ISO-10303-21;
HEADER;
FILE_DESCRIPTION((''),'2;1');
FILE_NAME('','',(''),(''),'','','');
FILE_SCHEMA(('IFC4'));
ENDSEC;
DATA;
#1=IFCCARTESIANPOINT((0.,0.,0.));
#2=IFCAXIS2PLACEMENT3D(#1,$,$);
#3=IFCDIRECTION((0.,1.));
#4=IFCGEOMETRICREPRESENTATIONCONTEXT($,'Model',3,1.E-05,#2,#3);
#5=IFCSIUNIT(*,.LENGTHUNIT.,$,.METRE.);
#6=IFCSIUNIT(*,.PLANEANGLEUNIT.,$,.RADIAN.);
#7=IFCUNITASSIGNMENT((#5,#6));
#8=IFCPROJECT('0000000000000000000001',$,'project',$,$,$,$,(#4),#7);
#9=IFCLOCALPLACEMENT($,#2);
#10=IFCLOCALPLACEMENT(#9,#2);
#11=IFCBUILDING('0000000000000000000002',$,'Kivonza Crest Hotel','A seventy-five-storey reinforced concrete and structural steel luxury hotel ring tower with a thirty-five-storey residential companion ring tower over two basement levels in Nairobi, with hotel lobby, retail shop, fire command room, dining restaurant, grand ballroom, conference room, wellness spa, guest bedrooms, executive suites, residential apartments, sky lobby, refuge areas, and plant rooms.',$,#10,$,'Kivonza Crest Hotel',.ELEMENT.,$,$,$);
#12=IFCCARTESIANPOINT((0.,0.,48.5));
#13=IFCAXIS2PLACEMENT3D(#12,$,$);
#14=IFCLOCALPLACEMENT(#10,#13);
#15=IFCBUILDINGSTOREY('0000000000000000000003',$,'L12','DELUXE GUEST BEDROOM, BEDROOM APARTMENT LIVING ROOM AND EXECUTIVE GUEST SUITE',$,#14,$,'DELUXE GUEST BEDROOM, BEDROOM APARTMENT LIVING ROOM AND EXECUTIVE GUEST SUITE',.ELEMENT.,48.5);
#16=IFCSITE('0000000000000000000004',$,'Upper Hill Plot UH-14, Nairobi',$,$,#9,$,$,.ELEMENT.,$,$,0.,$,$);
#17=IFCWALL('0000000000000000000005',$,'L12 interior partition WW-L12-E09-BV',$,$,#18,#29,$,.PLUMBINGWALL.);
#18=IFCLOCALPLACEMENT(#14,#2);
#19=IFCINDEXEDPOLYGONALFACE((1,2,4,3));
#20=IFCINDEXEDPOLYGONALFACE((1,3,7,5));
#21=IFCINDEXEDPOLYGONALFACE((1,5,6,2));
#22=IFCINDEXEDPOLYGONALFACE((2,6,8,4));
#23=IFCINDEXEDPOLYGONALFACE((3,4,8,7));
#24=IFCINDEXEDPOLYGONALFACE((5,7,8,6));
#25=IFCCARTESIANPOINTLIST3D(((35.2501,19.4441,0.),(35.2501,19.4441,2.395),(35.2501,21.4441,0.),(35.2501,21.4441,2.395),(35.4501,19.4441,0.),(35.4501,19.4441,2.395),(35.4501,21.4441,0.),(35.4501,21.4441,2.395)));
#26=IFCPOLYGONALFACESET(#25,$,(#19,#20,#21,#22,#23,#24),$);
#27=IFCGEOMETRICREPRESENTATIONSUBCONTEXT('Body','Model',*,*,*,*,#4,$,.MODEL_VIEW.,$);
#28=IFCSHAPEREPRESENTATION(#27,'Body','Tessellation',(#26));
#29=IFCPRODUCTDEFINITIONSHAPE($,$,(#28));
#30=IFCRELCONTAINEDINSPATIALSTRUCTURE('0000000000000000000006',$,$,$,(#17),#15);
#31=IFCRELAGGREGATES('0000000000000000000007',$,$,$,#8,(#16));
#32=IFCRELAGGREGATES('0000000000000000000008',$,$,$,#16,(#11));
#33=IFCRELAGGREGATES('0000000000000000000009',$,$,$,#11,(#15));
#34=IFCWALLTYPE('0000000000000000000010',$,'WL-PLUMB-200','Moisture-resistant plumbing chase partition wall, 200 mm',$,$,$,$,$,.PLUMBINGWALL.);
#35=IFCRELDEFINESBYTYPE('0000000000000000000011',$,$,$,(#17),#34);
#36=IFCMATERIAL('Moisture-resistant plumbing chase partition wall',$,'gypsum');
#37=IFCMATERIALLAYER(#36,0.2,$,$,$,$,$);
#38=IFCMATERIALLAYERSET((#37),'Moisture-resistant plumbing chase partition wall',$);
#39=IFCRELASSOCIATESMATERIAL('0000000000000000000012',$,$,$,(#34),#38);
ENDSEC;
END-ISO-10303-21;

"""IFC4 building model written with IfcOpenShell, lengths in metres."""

from ifc_helpers import new_model, si_unit, direction, frame, frame_2d, origin, place, context, subcontext, project, spatial, rectangle, extrude, material, layer, layer_set, type_object, element, save


model = new_model("IFC4")

# Units and contexts
model_context = context("Model", 3, precision=1e-05, world=origin(), true_north=direction((0.0, 1.0)))
body_context = subcontext(model_context, "Body", "Model", "MODEL_VIEW")
ifc_project = project(units=[si_unit("LENGTHUNIT", "METRE"), si_unit("PLANEANGLEUNIT", "RADIAN")], contexts=[model_context])

# Site, building, storey
site_placement = place(None, origin())
site = spatial("IfcSite", under=ifc_project, at=site_placement, Name="Upper Hill Plot UH-14, Nairobi", CompositionType="ELEMENT", RefElevation=0.0)
building_placement = place(site_placement, origin())
building = spatial("IfcBuilding", under=site, at=building_placement, Name="Kivonza Crest Hotel", Description="A seventy-five-storey reinforced concrete and structural steel luxury hotel ring tower with a thirty-five-storey residential companion ring tower over two basement levels in Nairobi, with hotel lobby, retail shop, fire command room, dining restaurant, grand ballroom, conference room, wellness spa, guest bedrooms, executive suites, residential apartments, sky lobby, refuge areas, and plant rooms.", LongName="Kivonza Crest Hotel", CompositionType="ELEMENT")
storey_placement = place(building_placement, frame((0.0, 0.0, 48.5)))
storey = spatial("IfcBuildingStorey", under=building, at=storey_placement, Name="L12", Description="DELUXE GUEST BEDROOM, BEDROOM APARTMENT LIVING ROOM AND EXECUTIVE GUEST SUITE", LongName="DELUXE GUEST BEDROOM, BEDROOM APARTMENT LIVING ROOM AND EXECUTIVE GUEST SUITE", CompositionType="ELEMENT", Elevation=48.5)

# Shared definitions
ifc_material_1 = material(Name="Moisture-resistant plumbing chase partition wall", Category="gypsum")
ifc_layer_1 = layer(ifc_material_1, 0.2)
ifc_layer_set_1 = layer_set([ifc_layer_1], Name="Moisture-resistant plumbing chase partition wall")
wall_type_1 = type_object("IfcWallType", Name="WL-PLUMB-200", Description="Moisture-resistant plumbing chase partition wall, 200 mm", PredefinedType="PLUMBINGWALL", material=ifc_layer_set_1)

# Wall
wall_1_placement = place(storey_placement, frame((35.3501, 19.4441, 0.0), z_axis=(0.0, 0.0, 1.0), x_axis=(0.0, 1.0, 0.0)))
element("IfcWall", 1, at=wall_1_placement, inside=storey, type_object=wall_type_1, Name="L12 interior partition WW-L12-E09-BV", PredefinedType="PLUMBINGWALL", context=body_context, shape_type="SweptSolid", body=[
    extrude(rectangle(XDim=2.0, YDim=0.2, at=frame_2d((1.0, 0.0))), origin(), (0.0, 0.0, 1.0), 2.395),
])

save(model, "model.ifc")
